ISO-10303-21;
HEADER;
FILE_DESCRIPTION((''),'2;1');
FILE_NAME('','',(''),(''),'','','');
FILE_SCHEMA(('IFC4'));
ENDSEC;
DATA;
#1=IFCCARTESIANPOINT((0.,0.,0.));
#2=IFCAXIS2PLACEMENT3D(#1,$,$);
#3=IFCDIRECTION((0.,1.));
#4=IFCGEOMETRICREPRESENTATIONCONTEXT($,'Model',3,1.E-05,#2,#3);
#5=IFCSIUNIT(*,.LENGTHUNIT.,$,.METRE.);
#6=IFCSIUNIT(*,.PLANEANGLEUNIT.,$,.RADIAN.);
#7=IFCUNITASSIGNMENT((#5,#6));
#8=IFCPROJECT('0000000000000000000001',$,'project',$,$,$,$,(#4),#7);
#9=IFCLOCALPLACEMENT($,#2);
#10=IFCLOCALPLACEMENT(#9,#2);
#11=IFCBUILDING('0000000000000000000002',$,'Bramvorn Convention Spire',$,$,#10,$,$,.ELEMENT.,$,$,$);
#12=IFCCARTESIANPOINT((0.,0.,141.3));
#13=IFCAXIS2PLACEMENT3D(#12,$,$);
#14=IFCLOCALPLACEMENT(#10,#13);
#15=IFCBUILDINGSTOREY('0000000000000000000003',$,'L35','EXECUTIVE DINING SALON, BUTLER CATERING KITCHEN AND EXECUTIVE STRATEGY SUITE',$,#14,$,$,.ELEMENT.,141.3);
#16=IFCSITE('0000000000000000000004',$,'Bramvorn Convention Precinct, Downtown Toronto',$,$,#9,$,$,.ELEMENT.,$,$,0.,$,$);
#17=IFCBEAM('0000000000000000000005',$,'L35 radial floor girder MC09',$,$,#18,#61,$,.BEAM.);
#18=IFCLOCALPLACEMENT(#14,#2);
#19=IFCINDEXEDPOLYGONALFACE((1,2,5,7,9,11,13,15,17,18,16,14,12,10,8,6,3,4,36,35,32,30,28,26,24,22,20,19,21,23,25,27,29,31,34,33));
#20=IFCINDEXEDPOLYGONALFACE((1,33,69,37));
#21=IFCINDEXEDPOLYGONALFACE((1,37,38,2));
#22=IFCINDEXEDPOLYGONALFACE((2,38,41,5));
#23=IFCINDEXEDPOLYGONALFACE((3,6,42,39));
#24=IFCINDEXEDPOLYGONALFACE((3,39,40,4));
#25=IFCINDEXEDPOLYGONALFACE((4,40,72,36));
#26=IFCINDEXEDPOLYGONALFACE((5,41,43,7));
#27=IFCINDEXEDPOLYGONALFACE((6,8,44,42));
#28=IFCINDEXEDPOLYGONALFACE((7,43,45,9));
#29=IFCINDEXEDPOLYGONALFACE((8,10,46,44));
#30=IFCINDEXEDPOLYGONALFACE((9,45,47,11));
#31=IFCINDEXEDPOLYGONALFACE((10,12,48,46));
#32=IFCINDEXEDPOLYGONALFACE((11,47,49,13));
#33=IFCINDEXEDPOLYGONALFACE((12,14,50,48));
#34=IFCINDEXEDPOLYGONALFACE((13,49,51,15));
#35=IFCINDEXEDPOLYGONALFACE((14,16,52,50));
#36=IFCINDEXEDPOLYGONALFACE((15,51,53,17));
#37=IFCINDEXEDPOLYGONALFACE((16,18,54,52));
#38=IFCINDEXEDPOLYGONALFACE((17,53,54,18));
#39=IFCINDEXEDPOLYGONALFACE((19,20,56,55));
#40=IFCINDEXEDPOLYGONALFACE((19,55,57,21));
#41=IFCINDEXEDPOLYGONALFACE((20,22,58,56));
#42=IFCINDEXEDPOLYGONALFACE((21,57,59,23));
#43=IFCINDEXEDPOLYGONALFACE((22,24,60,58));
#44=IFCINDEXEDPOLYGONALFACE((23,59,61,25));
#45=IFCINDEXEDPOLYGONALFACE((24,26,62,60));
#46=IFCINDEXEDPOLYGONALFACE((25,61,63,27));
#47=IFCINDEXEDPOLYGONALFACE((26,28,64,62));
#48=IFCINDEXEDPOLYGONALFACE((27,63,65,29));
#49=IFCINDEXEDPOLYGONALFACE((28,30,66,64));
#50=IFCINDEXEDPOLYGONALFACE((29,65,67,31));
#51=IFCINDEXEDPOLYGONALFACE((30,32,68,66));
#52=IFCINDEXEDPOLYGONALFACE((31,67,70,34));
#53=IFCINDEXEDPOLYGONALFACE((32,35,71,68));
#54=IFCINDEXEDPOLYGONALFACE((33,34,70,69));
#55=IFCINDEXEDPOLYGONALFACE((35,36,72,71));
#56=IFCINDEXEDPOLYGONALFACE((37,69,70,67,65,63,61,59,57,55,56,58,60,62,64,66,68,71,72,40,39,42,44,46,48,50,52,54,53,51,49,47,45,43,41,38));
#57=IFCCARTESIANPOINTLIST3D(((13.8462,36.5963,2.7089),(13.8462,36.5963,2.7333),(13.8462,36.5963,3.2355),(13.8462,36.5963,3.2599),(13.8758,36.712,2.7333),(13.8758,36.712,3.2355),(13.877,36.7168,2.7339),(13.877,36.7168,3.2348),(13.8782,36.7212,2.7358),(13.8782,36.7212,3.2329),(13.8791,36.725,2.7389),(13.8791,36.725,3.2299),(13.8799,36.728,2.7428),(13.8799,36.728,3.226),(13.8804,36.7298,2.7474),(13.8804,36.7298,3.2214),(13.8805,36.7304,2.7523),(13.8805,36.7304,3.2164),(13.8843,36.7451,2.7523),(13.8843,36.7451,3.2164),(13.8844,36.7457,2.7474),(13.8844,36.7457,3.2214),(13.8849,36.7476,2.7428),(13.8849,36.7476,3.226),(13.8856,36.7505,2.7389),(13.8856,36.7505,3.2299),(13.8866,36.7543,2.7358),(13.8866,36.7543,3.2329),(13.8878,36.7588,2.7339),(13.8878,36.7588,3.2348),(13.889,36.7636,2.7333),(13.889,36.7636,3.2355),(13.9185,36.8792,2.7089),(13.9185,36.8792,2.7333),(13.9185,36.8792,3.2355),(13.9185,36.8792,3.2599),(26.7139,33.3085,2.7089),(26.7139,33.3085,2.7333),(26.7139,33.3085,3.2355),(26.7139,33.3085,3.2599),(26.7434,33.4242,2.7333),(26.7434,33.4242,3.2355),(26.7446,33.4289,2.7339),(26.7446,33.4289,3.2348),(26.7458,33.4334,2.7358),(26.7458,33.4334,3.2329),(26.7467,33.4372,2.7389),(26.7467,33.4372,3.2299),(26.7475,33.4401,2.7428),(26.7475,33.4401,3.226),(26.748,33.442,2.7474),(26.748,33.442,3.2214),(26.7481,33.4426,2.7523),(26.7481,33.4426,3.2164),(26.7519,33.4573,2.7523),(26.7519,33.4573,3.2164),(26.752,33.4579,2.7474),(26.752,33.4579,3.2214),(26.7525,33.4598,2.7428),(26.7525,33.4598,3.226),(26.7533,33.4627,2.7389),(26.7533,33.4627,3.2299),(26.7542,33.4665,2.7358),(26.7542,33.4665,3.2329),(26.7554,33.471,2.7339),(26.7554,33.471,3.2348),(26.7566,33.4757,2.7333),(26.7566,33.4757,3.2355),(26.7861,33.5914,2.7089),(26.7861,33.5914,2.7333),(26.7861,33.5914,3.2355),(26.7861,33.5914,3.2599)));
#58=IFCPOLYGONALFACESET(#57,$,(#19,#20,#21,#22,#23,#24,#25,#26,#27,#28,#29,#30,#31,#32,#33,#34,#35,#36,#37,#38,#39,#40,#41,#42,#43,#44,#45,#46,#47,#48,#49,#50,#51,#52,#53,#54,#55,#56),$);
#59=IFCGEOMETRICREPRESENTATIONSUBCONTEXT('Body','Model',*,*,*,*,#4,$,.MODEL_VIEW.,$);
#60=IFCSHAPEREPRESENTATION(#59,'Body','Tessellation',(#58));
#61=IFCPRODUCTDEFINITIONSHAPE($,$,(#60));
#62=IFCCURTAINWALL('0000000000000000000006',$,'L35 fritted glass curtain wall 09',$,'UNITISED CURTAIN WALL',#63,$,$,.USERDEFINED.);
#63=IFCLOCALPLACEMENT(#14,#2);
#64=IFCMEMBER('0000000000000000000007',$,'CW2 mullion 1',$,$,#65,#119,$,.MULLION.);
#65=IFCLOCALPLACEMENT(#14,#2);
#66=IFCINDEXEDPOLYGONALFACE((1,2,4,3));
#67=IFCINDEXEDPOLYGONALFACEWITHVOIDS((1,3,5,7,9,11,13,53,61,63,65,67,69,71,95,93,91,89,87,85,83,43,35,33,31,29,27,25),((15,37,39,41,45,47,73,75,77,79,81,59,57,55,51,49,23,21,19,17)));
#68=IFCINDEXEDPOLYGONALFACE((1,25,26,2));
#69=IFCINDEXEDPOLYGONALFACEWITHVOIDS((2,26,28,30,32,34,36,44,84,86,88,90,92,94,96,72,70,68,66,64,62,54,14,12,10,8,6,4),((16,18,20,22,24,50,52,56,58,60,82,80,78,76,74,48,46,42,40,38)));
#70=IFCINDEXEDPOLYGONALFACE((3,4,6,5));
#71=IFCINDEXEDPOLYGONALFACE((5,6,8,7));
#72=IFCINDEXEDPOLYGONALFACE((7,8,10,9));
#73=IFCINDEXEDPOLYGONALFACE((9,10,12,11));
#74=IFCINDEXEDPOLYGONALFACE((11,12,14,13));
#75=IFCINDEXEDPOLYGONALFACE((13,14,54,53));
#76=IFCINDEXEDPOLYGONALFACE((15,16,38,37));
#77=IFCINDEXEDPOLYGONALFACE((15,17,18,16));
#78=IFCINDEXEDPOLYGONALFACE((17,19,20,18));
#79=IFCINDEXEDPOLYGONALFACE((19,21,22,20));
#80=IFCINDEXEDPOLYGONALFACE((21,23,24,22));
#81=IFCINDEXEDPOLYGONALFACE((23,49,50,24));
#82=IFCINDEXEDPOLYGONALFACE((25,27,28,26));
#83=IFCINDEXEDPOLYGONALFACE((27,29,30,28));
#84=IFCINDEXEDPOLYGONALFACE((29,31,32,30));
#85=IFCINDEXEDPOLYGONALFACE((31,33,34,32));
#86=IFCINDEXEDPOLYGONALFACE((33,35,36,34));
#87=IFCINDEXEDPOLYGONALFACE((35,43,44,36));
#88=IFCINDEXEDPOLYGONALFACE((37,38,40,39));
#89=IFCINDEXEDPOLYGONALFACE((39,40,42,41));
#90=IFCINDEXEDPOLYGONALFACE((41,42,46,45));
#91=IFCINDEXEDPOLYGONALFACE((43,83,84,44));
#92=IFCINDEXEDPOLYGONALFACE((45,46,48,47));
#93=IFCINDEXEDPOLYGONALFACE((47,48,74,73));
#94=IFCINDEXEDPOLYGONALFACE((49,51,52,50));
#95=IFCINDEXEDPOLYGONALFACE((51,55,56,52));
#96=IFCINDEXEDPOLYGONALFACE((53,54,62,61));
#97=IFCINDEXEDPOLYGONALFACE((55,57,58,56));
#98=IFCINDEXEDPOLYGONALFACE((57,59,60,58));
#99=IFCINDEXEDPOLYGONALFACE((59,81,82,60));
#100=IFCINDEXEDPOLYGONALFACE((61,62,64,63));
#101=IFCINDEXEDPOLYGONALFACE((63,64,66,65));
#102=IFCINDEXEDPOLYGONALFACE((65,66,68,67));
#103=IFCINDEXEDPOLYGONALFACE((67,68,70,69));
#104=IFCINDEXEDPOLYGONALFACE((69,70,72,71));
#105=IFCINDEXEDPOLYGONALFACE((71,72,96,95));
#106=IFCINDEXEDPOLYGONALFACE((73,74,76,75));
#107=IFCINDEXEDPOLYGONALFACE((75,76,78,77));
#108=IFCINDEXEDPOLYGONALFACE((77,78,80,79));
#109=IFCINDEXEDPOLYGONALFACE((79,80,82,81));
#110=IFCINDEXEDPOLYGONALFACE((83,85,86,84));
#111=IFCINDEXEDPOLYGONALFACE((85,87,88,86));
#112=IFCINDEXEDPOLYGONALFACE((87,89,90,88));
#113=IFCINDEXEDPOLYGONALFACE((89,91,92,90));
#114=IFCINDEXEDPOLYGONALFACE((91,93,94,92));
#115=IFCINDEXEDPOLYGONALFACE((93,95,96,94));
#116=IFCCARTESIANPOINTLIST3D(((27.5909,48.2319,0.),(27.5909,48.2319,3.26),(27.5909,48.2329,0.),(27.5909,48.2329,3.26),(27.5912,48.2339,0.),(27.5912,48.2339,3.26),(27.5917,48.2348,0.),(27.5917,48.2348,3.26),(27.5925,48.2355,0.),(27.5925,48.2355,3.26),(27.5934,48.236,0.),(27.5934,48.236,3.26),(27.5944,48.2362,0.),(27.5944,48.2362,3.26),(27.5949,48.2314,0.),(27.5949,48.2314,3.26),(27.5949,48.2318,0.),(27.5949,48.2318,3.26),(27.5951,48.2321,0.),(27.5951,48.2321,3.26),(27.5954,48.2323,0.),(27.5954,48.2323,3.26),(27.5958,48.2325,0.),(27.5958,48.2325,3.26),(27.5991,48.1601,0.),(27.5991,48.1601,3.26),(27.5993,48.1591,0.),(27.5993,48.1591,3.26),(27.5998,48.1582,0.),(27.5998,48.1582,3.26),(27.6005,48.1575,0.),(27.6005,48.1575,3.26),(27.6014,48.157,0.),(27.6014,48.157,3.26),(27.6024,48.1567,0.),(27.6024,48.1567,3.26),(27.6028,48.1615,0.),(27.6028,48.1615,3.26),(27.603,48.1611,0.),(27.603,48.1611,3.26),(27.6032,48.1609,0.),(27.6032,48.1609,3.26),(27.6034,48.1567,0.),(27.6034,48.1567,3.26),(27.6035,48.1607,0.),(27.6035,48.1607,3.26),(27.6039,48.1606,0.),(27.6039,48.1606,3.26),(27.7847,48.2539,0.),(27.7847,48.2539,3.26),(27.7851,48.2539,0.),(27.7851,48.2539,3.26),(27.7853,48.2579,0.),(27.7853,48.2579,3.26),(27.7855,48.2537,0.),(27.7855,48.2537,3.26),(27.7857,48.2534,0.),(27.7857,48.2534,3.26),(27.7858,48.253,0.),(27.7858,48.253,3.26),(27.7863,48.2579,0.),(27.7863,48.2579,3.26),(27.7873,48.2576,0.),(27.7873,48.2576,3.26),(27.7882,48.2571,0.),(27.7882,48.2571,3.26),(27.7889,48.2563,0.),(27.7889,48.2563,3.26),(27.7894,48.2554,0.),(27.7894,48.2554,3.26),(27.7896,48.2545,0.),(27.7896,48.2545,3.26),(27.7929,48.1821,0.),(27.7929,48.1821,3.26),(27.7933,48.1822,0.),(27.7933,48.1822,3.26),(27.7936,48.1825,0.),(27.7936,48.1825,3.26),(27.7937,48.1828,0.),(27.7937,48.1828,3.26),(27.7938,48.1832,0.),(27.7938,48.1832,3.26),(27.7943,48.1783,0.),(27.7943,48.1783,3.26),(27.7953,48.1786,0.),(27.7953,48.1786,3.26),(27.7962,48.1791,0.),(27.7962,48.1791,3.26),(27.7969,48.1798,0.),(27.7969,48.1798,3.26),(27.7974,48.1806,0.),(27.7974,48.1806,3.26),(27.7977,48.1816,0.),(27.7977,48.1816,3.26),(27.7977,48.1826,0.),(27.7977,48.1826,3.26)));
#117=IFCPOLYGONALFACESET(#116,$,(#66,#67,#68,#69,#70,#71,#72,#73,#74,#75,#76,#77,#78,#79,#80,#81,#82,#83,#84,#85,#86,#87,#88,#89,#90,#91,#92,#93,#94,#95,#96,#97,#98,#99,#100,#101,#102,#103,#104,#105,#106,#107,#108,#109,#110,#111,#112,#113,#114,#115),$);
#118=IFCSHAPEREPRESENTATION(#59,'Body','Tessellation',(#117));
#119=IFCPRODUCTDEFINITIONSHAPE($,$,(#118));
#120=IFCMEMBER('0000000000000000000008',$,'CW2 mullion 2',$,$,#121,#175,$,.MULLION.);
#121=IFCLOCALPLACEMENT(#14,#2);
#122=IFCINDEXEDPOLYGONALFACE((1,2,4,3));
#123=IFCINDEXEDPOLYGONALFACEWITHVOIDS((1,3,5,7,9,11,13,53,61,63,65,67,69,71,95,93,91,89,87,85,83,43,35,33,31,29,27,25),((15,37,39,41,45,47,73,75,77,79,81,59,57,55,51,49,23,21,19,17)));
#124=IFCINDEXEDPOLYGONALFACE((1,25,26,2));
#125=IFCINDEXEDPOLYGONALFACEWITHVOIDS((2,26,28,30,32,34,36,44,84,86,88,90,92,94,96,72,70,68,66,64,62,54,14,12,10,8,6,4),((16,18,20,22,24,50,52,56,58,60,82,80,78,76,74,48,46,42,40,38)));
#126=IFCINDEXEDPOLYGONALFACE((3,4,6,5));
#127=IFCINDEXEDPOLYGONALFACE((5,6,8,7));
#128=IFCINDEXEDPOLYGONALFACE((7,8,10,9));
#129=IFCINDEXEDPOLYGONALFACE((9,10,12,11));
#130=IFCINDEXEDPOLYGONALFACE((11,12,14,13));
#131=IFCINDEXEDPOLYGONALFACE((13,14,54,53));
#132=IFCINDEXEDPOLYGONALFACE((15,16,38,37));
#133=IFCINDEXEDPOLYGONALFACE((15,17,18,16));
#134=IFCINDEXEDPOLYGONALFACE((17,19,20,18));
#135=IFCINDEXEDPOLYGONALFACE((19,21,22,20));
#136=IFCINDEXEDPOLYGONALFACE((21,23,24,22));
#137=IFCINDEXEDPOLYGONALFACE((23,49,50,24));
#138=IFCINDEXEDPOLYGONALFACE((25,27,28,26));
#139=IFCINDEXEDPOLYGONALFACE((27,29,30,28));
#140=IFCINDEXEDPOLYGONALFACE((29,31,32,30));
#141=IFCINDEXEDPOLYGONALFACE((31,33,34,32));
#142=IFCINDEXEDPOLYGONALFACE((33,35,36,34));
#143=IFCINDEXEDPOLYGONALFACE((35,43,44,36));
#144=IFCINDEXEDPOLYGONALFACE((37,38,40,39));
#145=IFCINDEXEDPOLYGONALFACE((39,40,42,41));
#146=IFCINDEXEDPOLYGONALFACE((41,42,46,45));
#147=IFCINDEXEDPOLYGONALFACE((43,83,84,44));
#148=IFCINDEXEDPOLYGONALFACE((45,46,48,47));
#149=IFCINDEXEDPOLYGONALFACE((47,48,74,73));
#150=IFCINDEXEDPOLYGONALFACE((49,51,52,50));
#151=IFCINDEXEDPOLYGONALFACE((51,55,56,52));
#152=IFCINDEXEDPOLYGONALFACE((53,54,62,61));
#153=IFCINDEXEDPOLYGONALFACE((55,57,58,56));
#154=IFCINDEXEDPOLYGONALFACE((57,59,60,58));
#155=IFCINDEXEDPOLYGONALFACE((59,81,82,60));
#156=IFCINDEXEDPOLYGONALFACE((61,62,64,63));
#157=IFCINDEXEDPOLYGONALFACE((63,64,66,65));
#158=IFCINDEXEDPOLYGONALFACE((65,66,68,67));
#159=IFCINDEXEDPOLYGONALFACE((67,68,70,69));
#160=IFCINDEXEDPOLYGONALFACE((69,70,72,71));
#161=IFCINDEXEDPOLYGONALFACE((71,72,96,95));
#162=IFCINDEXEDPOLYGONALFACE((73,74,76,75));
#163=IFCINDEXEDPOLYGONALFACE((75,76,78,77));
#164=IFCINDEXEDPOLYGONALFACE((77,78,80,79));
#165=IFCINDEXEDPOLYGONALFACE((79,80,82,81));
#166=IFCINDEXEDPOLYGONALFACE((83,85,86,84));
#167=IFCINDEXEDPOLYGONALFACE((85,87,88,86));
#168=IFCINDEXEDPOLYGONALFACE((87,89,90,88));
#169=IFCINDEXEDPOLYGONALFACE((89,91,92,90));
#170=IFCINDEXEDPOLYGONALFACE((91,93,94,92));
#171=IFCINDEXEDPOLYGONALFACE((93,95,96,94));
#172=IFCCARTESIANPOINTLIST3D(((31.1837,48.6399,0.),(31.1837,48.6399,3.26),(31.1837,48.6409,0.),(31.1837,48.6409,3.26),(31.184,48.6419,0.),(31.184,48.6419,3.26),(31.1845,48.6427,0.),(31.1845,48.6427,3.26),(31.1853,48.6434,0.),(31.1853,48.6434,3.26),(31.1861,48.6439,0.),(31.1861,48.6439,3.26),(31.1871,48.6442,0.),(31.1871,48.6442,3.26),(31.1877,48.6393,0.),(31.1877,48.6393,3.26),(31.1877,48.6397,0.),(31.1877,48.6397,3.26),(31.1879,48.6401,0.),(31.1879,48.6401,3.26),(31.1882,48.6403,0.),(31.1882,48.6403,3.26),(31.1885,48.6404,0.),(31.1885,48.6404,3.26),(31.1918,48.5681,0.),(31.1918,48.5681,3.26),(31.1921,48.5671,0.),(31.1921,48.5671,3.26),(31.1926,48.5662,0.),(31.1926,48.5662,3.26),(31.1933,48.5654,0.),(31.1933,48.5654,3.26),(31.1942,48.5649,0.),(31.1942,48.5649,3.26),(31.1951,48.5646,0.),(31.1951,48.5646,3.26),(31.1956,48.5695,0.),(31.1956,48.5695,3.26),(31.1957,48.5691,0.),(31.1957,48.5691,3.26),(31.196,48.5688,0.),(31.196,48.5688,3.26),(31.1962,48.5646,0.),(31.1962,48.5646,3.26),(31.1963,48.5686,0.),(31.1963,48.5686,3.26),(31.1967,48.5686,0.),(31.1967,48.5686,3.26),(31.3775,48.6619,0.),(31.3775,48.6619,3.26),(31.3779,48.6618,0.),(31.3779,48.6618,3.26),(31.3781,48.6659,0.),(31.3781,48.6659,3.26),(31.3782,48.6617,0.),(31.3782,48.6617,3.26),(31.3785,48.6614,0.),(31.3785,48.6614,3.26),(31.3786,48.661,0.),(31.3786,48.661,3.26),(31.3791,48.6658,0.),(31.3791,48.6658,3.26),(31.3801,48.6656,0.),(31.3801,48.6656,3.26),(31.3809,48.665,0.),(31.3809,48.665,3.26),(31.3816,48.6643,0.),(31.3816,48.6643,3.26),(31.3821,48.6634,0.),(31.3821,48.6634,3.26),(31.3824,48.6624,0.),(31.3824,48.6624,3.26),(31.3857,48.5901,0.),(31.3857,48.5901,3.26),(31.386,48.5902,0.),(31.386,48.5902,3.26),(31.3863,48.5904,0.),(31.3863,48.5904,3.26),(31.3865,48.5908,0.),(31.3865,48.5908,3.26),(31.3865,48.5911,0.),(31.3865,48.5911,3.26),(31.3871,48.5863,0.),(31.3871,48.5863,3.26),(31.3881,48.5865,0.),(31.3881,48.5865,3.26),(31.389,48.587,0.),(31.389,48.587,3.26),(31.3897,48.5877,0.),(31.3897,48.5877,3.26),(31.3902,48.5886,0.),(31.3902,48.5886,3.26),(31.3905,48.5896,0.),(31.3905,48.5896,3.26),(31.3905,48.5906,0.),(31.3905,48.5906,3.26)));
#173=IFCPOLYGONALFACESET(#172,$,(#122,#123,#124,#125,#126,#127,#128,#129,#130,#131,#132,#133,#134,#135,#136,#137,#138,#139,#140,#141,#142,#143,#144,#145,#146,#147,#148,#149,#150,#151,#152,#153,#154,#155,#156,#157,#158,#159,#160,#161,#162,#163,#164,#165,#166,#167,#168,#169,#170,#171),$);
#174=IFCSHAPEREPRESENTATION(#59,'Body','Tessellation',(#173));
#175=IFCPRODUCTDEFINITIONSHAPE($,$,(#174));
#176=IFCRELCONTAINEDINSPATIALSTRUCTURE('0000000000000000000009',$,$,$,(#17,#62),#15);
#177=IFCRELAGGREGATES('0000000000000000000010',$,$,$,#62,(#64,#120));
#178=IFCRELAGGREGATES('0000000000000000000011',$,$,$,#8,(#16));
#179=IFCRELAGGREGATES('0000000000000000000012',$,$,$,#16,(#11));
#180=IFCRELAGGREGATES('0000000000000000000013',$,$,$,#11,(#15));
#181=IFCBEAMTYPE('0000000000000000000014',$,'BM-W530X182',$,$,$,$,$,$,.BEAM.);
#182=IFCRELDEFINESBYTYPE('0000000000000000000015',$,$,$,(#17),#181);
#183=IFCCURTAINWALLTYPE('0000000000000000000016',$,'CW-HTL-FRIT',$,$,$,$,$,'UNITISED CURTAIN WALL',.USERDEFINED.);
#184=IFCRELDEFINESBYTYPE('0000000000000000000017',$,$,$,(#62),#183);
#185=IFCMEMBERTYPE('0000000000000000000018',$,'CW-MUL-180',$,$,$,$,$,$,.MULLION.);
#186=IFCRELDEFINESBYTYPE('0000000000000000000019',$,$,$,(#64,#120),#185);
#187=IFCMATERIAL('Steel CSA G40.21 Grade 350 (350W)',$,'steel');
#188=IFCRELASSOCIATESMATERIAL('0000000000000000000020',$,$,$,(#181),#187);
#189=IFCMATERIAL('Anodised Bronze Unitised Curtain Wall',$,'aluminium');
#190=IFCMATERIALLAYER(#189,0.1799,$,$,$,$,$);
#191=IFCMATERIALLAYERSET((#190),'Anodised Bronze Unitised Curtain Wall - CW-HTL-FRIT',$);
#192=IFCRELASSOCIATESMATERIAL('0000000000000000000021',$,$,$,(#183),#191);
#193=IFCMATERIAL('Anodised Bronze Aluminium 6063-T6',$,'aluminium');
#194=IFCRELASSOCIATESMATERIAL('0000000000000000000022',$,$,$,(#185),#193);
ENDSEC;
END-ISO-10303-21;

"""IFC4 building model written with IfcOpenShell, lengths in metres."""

from ifc_helpers import new_model, si_unit, direction, frame, origin, origin_2d, place, context, subcontext, project, spatial, hollow_rectangle, i_section, extrude, material, layer, layer_set, material_profile, profile_set, type_object, element, aggregate, save


model = new_model("IFC4")

# Units and contexts
model_context = context("Model", 3, precision=1e-05, world=origin(), true_north=direction((0.0, 1.0)))
body_context = subcontext(model_context, "Body", "Model", "MODEL_VIEW")
ifc_project = project(units=[si_unit("LENGTHUNIT", "METRE"), si_unit("PLANEANGLEUNIT", "RADIAN")], contexts=[model_context])

# Site, building, storey
site_placement = place(None, origin())
site = spatial("IfcSite", under=ifc_project, at=site_placement, Name="Bramvorn Convention Precinct, Downtown Toronto", CompositionType="ELEMENT", RefElevation=0.0)
building_placement = place(site_placement, origin())
building = spatial("IfcBuilding", under=site, at=building_placement, Name="Bramvorn Convention Spire", CompositionType="ELEMENT")
storey_placement = place(building_placement, frame((0.0, 0.0, 141.3)))
storey = spatial("IfcBuildingStorey", under=building, at=storey_placement, Name="L35", Description="EXECUTIVE DINING SALON, BUTLER CATERING KITCHEN AND EXECUTIVE STRATEGY SUITE", CompositionType="ELEMENT", Elevation=141.3)

# Beam
ifc_material_1 = material(Name="Steel CSA G40.21 Grade 350 (350W)", Category="steel")
ifc_material_profile_1 = material_profile(ifc_material_1, i_section(OverallWidth=0.292, OverallDepth=0.551, WebThickness=0.0151, FlangeThickness=0.0244, FilletRadius=0.019, at=origin_2d()))
ifc_profile_set_1 = profile_set([ifc_material_profile_1], Name="Steel CSA G40.21 Grade 350 (350W) - W530X182")
beam_type_1 = type_object("IfcBeamType", Name="BM-W530X182", PredefinedType="BEAM", material=ifc_profile_set_1)
beam_1_placement = place(storey_placement, frame((26.75, 33.45, 2.9844), z_axis=(-0.968873, 0.247558, 0.0), x_axis=(-0.247558, -0.968873, 0.0)))
element("IfcBeam", 1, at=beam_1_placement, inside=storey, type_object=beam_type_1, Name="L35 radial floor girder MC09", PredefinedType="BEAM", context=body_context, shape_type="SweptSolid", body=[
    extrude(i_section(OverallWidth=0.292, OverallDepth=0.551, WebThickness=0.0151, FlangeThickness=0.0244, FilletRadius=0.019, at=origin_2d()), origin(), (0.0, 0.0, 1.0), 13.281),
])

# Curtain wall, members
ifc_material_2 = material(Name="Anodised Bronze Unitised Curtain Wall", Category="aluminium")
ifc_layer_1 = layer(ifc_material_2, 0.1799)
ifc_layer_set_1 = layer_set([ifc_layer_1], Name="Anodised Bronze Unitised Curtain Wall - CW-HTL-FRIT")
curtain_wall_type = type_object("IfcCurtainWallType", Name="CW-HTL-FRIT", ElementType="UNITISED CURTAIN WALL", PredefinedType="USERDEFINED", material=ifc_layer_set_1)
curtain_wall_placement = place(storey_placement, origin())
curtain_wall = element("IfcCurtainWall", 2, at=curtain_wall_placement, inside=storey, type_object=curtain_wall_type, Name="L35 fritted glass curtain wall 09", ObjectType="UNITISED CURTAIN WALL", PredefinedType="USERDEFINED")
ifc_material_3 = material(Name="Anodised Bronze Aluminium 6063-T6", Category="aluminium")
ifc_material_profile_2 = material_profile(ifc_material_3, hollow_rectangle(XDim=0.0801, YDim=0.2, WallThickness=0.0039, InnerFilletRadius=0.001, OuterFilletRadius=0.0039, at=origin_2d()))
ifc_profile_set_2 = profile_set([ifc_material_profile_2], Name="Anodised Bronze Aluminium 6063-T6 - CWM80X200")
member_type_1 = type_object("IfcMemberType", Name="CW-MUL-180", PredefinedType="MULLION", material=ifc_profile_set_2)
member_1_placement = place(storey_placement, frame((27.6943, 48.2073, 0.0), z_axis=(0.0, 0.0, 1.0), x_axis=(-0.11277, 0.993621, 0.0)))
member_1 = element("IfcMember", 3, at=member_1_placement, type_object=member_type_1, Name="CW2 mullion 1", PredefinedType="MULLION", context=body_context, shape_type="SweptSolid", body=[
    extrude(hollow_rectangle(XDim=0.0801, YDim=0.2, WallThickness=0.0039, InnerFilletRadius=0.001, OuterFilletRadius=0.0039, at=origin_2d()), origin(), (0.0, 0.0, 1.0), 3.26),
])
member_2_placement = place(storey_placement, frame((31.2871, 48.6152, 0.0), z_axis=(0.0, 0.0, 1.0), x_axis=(-0.11277, 0.993621, 0.0)))
member_2 = element("IfcMember", 4, at=member_2_placement, type_object=member_type_1, Name="CW2 mullion 2", PredefinedType="MULLION", context=body_context, shape_type="SweptSolid", body=[
    extrude(hollow_rectangle(XDim=0.0801, YDim=0.2, WallThickness=0.0039, InnerFilletRadius=0.001, OuterFilletRadius=0.0039, at=origin_2d()), origin(), (0.0, 0.0, 1.0), 3.26),
])
aggregate(curtain_wall, [member_1, member_2])

save(model, "model.ifc")
